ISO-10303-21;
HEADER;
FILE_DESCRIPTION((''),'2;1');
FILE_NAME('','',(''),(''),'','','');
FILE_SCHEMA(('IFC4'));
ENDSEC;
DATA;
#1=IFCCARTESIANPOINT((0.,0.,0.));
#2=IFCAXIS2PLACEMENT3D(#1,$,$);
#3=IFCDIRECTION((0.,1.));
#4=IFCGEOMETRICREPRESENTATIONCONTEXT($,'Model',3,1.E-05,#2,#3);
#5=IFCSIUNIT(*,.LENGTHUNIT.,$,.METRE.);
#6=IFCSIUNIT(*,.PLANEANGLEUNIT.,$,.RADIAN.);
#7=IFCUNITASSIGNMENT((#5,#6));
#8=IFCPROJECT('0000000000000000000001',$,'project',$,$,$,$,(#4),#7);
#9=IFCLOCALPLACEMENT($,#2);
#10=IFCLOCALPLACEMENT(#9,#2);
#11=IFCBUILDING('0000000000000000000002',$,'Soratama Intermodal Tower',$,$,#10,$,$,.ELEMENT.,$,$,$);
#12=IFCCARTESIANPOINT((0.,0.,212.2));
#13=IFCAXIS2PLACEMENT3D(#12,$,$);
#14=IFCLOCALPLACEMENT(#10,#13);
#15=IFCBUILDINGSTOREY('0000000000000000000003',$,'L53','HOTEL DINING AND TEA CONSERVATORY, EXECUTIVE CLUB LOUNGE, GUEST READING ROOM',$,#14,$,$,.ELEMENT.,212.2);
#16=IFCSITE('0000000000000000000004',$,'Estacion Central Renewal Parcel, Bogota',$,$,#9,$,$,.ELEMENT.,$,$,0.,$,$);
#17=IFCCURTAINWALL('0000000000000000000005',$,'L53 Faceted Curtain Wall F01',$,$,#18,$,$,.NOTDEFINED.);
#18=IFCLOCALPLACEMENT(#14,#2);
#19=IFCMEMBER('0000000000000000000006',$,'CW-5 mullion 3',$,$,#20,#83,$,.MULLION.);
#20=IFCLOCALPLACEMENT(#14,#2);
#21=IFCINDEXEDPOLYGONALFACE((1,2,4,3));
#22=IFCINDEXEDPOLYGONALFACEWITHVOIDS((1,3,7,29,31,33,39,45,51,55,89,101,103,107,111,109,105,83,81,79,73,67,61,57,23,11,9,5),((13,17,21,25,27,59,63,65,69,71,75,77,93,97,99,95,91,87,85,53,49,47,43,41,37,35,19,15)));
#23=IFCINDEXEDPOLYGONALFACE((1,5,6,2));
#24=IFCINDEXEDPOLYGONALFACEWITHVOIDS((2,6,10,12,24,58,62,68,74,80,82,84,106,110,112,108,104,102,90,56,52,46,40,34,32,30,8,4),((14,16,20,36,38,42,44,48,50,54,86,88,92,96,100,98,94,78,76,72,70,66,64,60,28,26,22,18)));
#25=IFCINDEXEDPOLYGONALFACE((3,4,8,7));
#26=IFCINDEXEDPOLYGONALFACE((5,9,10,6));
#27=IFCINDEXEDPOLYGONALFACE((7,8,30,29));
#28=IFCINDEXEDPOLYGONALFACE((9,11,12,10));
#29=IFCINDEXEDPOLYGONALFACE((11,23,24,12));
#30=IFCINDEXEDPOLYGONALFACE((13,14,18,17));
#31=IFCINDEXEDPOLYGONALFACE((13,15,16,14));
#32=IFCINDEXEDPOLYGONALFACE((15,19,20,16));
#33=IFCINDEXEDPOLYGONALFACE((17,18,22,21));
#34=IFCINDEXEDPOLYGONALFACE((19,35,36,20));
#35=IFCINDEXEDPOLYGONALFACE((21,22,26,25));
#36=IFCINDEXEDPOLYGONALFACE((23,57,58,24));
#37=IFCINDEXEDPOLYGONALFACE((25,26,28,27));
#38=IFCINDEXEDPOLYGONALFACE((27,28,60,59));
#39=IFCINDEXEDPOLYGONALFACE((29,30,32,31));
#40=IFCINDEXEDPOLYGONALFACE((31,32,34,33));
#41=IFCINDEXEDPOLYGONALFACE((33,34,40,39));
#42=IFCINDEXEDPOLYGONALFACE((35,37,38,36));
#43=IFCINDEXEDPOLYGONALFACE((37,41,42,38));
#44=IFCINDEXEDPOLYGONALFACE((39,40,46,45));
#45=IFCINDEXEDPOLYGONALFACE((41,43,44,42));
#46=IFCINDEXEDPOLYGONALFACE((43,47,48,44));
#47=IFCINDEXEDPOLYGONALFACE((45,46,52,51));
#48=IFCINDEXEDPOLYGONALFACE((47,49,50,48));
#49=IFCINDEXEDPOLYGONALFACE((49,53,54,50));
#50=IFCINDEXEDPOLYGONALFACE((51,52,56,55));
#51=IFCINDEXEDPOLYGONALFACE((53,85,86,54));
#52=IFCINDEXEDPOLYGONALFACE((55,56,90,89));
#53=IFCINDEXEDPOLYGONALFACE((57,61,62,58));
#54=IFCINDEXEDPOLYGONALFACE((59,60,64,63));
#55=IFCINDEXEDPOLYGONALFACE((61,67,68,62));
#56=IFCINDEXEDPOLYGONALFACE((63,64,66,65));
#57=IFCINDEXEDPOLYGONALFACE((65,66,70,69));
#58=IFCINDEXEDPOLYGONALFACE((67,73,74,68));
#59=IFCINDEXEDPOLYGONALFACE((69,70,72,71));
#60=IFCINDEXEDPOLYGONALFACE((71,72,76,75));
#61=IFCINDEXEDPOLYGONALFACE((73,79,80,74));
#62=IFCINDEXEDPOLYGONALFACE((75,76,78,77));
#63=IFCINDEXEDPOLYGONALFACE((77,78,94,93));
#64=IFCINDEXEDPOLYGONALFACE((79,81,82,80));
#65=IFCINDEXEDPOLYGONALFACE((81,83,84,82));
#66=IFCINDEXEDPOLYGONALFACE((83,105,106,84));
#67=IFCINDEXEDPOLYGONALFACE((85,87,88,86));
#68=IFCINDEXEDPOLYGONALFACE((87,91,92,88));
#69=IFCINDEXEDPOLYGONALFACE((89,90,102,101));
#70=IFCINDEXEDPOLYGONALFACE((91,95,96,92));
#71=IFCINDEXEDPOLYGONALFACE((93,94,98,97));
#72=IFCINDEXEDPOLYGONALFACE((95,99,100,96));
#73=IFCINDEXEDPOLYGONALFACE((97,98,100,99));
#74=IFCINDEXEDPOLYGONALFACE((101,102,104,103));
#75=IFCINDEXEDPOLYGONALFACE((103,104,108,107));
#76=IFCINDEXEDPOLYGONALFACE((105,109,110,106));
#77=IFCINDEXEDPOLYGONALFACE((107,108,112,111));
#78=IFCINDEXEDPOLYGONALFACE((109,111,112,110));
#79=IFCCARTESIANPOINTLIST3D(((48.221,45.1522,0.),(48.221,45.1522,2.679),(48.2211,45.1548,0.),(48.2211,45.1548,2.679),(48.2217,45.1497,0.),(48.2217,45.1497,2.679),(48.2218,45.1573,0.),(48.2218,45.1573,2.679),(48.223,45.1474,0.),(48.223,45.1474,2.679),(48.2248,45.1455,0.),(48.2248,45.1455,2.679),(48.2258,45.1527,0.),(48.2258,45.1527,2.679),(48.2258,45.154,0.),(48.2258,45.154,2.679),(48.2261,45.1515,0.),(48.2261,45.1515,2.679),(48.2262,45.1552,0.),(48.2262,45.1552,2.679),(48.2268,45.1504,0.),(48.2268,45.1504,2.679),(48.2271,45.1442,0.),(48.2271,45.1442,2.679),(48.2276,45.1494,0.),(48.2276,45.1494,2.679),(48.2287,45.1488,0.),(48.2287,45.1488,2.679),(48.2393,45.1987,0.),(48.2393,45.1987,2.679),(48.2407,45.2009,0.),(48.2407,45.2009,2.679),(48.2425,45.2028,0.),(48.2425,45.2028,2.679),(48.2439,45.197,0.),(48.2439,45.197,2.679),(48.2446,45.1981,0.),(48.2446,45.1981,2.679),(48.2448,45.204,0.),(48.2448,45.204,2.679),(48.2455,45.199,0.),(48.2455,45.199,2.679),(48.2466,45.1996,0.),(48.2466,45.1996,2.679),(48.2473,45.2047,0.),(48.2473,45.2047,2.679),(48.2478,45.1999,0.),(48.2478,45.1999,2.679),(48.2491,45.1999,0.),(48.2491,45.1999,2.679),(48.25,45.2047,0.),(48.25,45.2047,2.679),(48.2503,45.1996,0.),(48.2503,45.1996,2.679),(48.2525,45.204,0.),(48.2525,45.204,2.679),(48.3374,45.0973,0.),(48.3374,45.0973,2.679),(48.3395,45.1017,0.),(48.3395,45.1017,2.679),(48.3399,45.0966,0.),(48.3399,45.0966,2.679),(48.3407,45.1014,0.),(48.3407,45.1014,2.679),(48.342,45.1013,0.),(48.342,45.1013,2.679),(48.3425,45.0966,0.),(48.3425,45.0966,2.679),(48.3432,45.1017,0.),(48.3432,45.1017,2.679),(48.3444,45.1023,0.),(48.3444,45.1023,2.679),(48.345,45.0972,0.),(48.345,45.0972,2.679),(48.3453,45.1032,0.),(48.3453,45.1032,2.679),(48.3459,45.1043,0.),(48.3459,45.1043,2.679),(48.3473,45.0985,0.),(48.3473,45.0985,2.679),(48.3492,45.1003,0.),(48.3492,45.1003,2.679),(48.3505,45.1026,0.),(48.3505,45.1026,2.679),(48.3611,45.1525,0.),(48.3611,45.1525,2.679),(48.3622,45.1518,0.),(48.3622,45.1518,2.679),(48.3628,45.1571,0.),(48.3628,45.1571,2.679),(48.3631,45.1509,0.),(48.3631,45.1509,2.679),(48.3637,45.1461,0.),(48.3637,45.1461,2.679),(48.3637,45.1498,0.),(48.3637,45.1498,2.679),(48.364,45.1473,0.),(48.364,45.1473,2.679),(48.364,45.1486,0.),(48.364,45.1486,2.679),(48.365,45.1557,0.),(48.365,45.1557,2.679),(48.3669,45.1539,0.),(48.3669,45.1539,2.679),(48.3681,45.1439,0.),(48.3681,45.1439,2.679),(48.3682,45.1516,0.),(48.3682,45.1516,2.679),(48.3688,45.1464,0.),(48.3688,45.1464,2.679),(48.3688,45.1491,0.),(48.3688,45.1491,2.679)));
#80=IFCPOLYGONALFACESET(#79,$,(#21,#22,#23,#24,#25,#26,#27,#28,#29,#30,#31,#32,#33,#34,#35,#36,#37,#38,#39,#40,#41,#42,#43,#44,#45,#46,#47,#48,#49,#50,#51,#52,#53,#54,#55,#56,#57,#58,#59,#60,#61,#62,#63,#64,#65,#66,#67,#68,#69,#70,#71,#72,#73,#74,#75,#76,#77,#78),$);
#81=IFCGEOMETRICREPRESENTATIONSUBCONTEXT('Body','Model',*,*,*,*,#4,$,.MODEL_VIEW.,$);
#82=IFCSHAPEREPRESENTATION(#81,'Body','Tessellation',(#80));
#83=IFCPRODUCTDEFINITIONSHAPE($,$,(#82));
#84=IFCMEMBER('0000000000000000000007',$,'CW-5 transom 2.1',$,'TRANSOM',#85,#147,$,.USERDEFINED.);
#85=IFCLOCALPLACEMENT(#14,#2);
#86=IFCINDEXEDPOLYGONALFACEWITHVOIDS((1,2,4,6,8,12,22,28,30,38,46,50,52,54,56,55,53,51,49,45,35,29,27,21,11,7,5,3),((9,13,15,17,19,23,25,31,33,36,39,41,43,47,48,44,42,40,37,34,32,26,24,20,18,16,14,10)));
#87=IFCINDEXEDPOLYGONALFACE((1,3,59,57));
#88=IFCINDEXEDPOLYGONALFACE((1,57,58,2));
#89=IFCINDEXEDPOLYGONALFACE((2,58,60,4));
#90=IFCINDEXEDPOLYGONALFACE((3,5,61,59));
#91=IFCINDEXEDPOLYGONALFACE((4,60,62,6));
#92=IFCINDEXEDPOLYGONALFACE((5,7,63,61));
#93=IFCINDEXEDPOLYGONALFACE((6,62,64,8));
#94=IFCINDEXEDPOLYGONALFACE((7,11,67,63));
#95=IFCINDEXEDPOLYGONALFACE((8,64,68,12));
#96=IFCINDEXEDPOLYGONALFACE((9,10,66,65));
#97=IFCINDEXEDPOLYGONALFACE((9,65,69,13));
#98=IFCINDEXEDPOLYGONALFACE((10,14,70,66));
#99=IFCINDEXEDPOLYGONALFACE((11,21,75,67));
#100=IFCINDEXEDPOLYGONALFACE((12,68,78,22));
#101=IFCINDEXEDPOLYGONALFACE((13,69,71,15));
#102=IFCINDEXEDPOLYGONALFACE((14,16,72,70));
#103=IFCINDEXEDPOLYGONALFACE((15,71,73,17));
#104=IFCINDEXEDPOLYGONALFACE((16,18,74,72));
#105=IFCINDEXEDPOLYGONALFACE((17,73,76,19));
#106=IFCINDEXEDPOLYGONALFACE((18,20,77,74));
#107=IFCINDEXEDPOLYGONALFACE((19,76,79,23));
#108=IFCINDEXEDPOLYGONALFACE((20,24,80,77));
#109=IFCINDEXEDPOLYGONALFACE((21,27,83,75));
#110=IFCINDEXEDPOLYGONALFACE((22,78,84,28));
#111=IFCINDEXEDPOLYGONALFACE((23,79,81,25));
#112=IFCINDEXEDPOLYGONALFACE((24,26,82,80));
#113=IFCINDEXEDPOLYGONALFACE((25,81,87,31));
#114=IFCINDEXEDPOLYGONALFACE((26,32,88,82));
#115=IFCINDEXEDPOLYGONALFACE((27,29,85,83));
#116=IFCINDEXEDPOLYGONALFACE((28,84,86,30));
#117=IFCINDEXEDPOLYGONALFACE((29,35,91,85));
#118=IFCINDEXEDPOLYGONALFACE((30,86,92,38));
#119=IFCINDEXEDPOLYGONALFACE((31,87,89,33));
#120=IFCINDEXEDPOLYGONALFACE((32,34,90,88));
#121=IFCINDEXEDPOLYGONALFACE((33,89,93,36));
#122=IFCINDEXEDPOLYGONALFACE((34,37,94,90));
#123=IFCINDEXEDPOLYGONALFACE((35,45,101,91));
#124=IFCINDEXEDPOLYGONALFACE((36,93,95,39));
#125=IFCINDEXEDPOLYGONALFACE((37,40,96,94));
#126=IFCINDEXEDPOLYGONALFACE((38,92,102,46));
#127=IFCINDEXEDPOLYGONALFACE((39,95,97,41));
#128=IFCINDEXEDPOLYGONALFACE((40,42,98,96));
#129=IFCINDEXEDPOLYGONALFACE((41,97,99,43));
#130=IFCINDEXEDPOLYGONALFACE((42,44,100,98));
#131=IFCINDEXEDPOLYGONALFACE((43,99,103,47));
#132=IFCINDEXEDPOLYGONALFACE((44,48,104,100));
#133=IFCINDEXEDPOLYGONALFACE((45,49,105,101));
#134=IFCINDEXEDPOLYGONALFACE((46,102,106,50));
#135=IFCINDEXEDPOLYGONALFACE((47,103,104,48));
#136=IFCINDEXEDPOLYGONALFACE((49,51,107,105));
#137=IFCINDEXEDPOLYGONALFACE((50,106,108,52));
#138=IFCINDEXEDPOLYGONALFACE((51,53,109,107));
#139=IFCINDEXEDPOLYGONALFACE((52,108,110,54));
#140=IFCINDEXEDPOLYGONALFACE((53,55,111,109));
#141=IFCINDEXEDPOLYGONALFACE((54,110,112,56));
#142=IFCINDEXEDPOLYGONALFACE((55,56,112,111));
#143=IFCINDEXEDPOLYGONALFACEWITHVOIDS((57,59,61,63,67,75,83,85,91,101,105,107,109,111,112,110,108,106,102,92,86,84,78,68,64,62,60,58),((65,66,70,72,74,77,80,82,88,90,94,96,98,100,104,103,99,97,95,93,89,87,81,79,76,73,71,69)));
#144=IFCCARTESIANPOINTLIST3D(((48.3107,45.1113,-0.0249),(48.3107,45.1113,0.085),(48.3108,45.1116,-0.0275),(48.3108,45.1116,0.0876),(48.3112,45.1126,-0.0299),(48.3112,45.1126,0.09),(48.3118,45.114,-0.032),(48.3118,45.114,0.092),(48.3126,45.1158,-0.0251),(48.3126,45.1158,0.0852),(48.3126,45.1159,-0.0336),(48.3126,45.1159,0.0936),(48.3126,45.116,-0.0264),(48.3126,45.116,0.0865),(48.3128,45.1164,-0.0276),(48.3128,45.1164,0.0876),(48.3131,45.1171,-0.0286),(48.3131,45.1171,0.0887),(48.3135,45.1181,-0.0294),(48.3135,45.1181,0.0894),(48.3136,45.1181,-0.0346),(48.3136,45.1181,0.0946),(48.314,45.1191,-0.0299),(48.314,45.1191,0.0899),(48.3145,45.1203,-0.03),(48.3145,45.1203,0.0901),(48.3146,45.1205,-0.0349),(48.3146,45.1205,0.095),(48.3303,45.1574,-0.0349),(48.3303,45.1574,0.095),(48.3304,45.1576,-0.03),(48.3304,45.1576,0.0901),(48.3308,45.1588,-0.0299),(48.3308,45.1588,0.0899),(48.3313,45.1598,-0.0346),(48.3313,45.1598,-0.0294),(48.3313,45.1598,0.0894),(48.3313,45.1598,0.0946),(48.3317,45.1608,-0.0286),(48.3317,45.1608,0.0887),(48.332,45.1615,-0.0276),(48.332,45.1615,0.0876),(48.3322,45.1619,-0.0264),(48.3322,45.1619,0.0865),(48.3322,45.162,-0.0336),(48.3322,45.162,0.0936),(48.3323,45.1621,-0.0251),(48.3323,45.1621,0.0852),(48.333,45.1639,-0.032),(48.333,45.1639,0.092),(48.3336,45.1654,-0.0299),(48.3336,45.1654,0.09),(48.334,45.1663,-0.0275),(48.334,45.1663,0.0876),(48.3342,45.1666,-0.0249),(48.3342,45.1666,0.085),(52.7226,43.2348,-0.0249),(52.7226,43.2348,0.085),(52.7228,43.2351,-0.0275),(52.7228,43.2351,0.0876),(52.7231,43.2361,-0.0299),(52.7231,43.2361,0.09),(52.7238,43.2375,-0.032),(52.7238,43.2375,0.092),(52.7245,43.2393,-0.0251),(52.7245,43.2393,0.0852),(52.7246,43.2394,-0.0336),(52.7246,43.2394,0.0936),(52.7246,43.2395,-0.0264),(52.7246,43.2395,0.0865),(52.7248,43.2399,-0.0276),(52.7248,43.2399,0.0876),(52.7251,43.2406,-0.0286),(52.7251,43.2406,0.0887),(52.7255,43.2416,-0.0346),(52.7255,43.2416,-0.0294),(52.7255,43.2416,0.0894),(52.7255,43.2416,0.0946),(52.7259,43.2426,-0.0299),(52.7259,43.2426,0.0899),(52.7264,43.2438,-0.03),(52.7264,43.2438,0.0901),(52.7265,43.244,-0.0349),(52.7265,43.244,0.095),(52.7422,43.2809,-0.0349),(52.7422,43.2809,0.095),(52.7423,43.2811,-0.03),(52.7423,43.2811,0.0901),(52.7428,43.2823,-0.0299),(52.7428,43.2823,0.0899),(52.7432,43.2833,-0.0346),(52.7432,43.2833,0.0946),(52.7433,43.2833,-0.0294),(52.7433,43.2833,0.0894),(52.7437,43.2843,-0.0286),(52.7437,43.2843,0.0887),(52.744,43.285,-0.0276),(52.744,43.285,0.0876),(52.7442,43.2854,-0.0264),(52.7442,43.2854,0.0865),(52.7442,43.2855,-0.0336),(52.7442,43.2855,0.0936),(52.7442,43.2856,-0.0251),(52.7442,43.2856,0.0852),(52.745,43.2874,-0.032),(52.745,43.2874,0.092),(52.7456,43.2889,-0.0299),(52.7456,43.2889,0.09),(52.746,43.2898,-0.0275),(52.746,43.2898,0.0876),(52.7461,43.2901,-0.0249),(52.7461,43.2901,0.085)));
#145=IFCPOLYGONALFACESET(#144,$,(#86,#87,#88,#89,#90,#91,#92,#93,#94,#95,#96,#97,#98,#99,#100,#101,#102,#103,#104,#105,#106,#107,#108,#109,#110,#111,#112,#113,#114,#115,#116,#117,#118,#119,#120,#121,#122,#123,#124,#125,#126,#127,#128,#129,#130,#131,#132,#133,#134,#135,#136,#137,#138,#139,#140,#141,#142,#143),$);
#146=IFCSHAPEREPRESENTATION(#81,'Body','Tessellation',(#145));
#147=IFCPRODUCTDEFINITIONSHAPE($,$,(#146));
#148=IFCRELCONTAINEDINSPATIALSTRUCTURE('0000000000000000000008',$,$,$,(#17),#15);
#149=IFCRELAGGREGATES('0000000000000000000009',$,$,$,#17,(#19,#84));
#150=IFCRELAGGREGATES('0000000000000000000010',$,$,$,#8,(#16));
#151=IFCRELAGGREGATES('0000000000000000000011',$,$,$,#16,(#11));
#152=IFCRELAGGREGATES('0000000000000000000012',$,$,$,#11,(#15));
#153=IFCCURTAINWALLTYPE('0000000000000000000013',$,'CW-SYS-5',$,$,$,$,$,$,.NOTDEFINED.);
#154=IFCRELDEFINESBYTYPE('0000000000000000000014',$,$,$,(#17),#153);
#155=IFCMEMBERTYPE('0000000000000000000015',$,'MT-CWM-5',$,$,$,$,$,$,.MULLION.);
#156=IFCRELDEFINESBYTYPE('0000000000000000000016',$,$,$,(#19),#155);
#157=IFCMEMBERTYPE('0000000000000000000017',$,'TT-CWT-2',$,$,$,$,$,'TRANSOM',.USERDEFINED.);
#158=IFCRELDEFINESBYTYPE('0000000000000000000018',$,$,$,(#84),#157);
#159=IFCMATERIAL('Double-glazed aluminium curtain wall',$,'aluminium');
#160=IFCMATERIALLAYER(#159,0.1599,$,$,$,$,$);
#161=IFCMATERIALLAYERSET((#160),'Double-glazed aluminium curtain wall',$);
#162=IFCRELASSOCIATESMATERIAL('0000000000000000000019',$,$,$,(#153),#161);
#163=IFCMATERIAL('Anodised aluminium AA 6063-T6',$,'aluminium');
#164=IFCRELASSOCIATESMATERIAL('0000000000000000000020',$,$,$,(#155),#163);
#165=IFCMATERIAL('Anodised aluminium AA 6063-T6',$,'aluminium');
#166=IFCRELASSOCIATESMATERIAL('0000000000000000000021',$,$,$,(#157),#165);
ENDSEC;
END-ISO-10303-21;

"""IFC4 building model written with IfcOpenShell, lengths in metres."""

from ifc_helpers import new_model, si_unit, direction, frame, origin, origin_2d, place, context, subcontext, project, spatial, hollow_rectangle, extrude, material, layer, layer_set, material_profile, profile_set, type_object, element, aggregate, save


model = new_model("IFC4")

# Units and contexts
model_context = context("Model", 3, precision=1e-05, world=origin(), true_north=direction((0.0, 1.0)))
body_context = subcontext(model_context, "Body", "Model", "MODEL_VIEW")
ifc_project = project(units=[si_unit("LENGTHUNIT", "METRE"), si_unit("PLANEANGLEUNIT", "RADIAN")], contexts=[model_context])

# Site, building, storey
site_placement = place(None, origin())
site = spatial("IfcSite", under=ifc_project, at=site_placement, Name="Estacion Central Renewal Parcel, Bogota", CompositionType="ELEMENT", RefElevation=0.0)
building_placement = place(site_placement, origin())
building = spatial("IfcBuilding", under=site, at=building_placement, Name="Soratama Intermodal Tower", CompositionType="ELEMENT")
storey_placement = place(building_placement, frame((0.0, 0.0, 212.2)))
storey = spatial("IfcBuildingStorey", under=building, at=storey_placement, Name="L53", Description="HOTEL DINING AND TEA CONSERVATORY, EXECUTIVE CLUB LOUNGE, GUEST READING ROOM", CompositionType="ELEMENT", Elevation=212.2)

# Curtain wall, members
ifc_material_1 = material(Name="Double-glazed aluminium curtain wall", Category="aluminium")
ifc_layer_1 = layer(ifc_material_1, 0.1599)
ifc_layer_set_1 = layer_set([ifc_layer_1], Name="Double-glazed aluminium curtain wall")
curtain_wall_type = type_object("IfcCurtainWallType", Name="CW-SYS-5", PredefinedType="NOTDEFINED", material=ifc_layer_set_1)
curtain_wall_placement = place(storey_placement, origin())
curtain_wall = element("IfcCurtainWall", 1, at=curtain_wall_placement, inside=storey, type_object=curtain_wall_type, Name="L53 Faceted Curtain Wall F01", PredefinedType="NOTDEFINED")
ifc_material_2 = material(Name="Anodised aluminium AA 6063-T6", Category="aluminium")
ifc_material_profile_1 = material_profile(ifc_material_2, hollow_rectangle(XDim=0.0649, YDim=0.1399, WallThickness=0.0049, InnerFilletRadius=0.0049, OuterFilletRadius=0.01, at=origin_2d()), Name="CWM140X65X5")
ifc_profile_set_1 = profile_set([ifc_material_profile_1], Name="Anodised aluminium AA 6063-T6")
member_type_1 = type_object("IfcMemberType", Name="MT-CWM-5", PredefinedType="MULLION", material=ifc_profile_set_1)
member_1_placement = place(storey_placement, frame((48.2949, 45.1506, 0.0), z_axis=(0.0, 0.0, 1.0), x_axis=(-0.391376, -0.920231, 0.0)))
member_1 = element("IfcMember", 2, at=member_1_placement, type_object=member_type_1, Name="CW-5 mullion 3", PredefinedType="MULLION", context=body_context, shape_type="SweptSolid", body=[
    extrude(hollow_rectangle(XDim=0.0649, YDim=0.1399, WallThickness=0.0049, InnerFilletRadius=0.0049, OuterFilletRadius=0.01, at=origin_2d()), origin(), (0.0, 0.0, 1.0), 2.679),
])
ifc_material_3 = material(Name="Anodised aluminium AA 6063-T6", Category="aluminium")
ifc_material_profile_2 = material_profile(ifc_material_3, hollow_rectangle(XDim=0.0601, YDim=0.1299, WallThickness=0.0049, InnerFilletRadius=0.0049, OuterFilletRadius=0.01, at=origin_2d()), Name="CWT130X60X5")
ifc_profile_set_2 = profile_set([ifc_material_profile_2], Name="Anodised aluminium AA 6063-T6")
member_type_2 = type_object("IfcMemberType", Name="TT-CWT-2", ElementType="TRANSOM", PredefinedType="USERDEFINED", material=ifc_profile_set_2)
member_2_placement = place(storey_placement, frame((52.7344, 43.2625, 0.03), z_axis=(-0.920224, 0.391392, 0.0), x_axis=(-0.391392, -0.920224, 0.0)))
member_2 = element("IfcMember", 3, at=member_2_placement, type_object=member_type_2, Name="CW-5 transom 2.1", ObjectType="TRANSOM", PredefinedType="USERDEFINED", context=body_context, shape_type="SweptSolid", body=[
    extrude(hollow_rectangle(XDim=0.0601, YDim=0.1299, WallThickness=0.0049, InnerFilletRadius=0.0049, OuterFilletRadius=0.01, at=origin_2d()), origin(), (0.0, 0.0, 1.0), 4.7944),
])
aggregate(curtain_wall, [member_1, member_2])

save(model, "model.ifc")
